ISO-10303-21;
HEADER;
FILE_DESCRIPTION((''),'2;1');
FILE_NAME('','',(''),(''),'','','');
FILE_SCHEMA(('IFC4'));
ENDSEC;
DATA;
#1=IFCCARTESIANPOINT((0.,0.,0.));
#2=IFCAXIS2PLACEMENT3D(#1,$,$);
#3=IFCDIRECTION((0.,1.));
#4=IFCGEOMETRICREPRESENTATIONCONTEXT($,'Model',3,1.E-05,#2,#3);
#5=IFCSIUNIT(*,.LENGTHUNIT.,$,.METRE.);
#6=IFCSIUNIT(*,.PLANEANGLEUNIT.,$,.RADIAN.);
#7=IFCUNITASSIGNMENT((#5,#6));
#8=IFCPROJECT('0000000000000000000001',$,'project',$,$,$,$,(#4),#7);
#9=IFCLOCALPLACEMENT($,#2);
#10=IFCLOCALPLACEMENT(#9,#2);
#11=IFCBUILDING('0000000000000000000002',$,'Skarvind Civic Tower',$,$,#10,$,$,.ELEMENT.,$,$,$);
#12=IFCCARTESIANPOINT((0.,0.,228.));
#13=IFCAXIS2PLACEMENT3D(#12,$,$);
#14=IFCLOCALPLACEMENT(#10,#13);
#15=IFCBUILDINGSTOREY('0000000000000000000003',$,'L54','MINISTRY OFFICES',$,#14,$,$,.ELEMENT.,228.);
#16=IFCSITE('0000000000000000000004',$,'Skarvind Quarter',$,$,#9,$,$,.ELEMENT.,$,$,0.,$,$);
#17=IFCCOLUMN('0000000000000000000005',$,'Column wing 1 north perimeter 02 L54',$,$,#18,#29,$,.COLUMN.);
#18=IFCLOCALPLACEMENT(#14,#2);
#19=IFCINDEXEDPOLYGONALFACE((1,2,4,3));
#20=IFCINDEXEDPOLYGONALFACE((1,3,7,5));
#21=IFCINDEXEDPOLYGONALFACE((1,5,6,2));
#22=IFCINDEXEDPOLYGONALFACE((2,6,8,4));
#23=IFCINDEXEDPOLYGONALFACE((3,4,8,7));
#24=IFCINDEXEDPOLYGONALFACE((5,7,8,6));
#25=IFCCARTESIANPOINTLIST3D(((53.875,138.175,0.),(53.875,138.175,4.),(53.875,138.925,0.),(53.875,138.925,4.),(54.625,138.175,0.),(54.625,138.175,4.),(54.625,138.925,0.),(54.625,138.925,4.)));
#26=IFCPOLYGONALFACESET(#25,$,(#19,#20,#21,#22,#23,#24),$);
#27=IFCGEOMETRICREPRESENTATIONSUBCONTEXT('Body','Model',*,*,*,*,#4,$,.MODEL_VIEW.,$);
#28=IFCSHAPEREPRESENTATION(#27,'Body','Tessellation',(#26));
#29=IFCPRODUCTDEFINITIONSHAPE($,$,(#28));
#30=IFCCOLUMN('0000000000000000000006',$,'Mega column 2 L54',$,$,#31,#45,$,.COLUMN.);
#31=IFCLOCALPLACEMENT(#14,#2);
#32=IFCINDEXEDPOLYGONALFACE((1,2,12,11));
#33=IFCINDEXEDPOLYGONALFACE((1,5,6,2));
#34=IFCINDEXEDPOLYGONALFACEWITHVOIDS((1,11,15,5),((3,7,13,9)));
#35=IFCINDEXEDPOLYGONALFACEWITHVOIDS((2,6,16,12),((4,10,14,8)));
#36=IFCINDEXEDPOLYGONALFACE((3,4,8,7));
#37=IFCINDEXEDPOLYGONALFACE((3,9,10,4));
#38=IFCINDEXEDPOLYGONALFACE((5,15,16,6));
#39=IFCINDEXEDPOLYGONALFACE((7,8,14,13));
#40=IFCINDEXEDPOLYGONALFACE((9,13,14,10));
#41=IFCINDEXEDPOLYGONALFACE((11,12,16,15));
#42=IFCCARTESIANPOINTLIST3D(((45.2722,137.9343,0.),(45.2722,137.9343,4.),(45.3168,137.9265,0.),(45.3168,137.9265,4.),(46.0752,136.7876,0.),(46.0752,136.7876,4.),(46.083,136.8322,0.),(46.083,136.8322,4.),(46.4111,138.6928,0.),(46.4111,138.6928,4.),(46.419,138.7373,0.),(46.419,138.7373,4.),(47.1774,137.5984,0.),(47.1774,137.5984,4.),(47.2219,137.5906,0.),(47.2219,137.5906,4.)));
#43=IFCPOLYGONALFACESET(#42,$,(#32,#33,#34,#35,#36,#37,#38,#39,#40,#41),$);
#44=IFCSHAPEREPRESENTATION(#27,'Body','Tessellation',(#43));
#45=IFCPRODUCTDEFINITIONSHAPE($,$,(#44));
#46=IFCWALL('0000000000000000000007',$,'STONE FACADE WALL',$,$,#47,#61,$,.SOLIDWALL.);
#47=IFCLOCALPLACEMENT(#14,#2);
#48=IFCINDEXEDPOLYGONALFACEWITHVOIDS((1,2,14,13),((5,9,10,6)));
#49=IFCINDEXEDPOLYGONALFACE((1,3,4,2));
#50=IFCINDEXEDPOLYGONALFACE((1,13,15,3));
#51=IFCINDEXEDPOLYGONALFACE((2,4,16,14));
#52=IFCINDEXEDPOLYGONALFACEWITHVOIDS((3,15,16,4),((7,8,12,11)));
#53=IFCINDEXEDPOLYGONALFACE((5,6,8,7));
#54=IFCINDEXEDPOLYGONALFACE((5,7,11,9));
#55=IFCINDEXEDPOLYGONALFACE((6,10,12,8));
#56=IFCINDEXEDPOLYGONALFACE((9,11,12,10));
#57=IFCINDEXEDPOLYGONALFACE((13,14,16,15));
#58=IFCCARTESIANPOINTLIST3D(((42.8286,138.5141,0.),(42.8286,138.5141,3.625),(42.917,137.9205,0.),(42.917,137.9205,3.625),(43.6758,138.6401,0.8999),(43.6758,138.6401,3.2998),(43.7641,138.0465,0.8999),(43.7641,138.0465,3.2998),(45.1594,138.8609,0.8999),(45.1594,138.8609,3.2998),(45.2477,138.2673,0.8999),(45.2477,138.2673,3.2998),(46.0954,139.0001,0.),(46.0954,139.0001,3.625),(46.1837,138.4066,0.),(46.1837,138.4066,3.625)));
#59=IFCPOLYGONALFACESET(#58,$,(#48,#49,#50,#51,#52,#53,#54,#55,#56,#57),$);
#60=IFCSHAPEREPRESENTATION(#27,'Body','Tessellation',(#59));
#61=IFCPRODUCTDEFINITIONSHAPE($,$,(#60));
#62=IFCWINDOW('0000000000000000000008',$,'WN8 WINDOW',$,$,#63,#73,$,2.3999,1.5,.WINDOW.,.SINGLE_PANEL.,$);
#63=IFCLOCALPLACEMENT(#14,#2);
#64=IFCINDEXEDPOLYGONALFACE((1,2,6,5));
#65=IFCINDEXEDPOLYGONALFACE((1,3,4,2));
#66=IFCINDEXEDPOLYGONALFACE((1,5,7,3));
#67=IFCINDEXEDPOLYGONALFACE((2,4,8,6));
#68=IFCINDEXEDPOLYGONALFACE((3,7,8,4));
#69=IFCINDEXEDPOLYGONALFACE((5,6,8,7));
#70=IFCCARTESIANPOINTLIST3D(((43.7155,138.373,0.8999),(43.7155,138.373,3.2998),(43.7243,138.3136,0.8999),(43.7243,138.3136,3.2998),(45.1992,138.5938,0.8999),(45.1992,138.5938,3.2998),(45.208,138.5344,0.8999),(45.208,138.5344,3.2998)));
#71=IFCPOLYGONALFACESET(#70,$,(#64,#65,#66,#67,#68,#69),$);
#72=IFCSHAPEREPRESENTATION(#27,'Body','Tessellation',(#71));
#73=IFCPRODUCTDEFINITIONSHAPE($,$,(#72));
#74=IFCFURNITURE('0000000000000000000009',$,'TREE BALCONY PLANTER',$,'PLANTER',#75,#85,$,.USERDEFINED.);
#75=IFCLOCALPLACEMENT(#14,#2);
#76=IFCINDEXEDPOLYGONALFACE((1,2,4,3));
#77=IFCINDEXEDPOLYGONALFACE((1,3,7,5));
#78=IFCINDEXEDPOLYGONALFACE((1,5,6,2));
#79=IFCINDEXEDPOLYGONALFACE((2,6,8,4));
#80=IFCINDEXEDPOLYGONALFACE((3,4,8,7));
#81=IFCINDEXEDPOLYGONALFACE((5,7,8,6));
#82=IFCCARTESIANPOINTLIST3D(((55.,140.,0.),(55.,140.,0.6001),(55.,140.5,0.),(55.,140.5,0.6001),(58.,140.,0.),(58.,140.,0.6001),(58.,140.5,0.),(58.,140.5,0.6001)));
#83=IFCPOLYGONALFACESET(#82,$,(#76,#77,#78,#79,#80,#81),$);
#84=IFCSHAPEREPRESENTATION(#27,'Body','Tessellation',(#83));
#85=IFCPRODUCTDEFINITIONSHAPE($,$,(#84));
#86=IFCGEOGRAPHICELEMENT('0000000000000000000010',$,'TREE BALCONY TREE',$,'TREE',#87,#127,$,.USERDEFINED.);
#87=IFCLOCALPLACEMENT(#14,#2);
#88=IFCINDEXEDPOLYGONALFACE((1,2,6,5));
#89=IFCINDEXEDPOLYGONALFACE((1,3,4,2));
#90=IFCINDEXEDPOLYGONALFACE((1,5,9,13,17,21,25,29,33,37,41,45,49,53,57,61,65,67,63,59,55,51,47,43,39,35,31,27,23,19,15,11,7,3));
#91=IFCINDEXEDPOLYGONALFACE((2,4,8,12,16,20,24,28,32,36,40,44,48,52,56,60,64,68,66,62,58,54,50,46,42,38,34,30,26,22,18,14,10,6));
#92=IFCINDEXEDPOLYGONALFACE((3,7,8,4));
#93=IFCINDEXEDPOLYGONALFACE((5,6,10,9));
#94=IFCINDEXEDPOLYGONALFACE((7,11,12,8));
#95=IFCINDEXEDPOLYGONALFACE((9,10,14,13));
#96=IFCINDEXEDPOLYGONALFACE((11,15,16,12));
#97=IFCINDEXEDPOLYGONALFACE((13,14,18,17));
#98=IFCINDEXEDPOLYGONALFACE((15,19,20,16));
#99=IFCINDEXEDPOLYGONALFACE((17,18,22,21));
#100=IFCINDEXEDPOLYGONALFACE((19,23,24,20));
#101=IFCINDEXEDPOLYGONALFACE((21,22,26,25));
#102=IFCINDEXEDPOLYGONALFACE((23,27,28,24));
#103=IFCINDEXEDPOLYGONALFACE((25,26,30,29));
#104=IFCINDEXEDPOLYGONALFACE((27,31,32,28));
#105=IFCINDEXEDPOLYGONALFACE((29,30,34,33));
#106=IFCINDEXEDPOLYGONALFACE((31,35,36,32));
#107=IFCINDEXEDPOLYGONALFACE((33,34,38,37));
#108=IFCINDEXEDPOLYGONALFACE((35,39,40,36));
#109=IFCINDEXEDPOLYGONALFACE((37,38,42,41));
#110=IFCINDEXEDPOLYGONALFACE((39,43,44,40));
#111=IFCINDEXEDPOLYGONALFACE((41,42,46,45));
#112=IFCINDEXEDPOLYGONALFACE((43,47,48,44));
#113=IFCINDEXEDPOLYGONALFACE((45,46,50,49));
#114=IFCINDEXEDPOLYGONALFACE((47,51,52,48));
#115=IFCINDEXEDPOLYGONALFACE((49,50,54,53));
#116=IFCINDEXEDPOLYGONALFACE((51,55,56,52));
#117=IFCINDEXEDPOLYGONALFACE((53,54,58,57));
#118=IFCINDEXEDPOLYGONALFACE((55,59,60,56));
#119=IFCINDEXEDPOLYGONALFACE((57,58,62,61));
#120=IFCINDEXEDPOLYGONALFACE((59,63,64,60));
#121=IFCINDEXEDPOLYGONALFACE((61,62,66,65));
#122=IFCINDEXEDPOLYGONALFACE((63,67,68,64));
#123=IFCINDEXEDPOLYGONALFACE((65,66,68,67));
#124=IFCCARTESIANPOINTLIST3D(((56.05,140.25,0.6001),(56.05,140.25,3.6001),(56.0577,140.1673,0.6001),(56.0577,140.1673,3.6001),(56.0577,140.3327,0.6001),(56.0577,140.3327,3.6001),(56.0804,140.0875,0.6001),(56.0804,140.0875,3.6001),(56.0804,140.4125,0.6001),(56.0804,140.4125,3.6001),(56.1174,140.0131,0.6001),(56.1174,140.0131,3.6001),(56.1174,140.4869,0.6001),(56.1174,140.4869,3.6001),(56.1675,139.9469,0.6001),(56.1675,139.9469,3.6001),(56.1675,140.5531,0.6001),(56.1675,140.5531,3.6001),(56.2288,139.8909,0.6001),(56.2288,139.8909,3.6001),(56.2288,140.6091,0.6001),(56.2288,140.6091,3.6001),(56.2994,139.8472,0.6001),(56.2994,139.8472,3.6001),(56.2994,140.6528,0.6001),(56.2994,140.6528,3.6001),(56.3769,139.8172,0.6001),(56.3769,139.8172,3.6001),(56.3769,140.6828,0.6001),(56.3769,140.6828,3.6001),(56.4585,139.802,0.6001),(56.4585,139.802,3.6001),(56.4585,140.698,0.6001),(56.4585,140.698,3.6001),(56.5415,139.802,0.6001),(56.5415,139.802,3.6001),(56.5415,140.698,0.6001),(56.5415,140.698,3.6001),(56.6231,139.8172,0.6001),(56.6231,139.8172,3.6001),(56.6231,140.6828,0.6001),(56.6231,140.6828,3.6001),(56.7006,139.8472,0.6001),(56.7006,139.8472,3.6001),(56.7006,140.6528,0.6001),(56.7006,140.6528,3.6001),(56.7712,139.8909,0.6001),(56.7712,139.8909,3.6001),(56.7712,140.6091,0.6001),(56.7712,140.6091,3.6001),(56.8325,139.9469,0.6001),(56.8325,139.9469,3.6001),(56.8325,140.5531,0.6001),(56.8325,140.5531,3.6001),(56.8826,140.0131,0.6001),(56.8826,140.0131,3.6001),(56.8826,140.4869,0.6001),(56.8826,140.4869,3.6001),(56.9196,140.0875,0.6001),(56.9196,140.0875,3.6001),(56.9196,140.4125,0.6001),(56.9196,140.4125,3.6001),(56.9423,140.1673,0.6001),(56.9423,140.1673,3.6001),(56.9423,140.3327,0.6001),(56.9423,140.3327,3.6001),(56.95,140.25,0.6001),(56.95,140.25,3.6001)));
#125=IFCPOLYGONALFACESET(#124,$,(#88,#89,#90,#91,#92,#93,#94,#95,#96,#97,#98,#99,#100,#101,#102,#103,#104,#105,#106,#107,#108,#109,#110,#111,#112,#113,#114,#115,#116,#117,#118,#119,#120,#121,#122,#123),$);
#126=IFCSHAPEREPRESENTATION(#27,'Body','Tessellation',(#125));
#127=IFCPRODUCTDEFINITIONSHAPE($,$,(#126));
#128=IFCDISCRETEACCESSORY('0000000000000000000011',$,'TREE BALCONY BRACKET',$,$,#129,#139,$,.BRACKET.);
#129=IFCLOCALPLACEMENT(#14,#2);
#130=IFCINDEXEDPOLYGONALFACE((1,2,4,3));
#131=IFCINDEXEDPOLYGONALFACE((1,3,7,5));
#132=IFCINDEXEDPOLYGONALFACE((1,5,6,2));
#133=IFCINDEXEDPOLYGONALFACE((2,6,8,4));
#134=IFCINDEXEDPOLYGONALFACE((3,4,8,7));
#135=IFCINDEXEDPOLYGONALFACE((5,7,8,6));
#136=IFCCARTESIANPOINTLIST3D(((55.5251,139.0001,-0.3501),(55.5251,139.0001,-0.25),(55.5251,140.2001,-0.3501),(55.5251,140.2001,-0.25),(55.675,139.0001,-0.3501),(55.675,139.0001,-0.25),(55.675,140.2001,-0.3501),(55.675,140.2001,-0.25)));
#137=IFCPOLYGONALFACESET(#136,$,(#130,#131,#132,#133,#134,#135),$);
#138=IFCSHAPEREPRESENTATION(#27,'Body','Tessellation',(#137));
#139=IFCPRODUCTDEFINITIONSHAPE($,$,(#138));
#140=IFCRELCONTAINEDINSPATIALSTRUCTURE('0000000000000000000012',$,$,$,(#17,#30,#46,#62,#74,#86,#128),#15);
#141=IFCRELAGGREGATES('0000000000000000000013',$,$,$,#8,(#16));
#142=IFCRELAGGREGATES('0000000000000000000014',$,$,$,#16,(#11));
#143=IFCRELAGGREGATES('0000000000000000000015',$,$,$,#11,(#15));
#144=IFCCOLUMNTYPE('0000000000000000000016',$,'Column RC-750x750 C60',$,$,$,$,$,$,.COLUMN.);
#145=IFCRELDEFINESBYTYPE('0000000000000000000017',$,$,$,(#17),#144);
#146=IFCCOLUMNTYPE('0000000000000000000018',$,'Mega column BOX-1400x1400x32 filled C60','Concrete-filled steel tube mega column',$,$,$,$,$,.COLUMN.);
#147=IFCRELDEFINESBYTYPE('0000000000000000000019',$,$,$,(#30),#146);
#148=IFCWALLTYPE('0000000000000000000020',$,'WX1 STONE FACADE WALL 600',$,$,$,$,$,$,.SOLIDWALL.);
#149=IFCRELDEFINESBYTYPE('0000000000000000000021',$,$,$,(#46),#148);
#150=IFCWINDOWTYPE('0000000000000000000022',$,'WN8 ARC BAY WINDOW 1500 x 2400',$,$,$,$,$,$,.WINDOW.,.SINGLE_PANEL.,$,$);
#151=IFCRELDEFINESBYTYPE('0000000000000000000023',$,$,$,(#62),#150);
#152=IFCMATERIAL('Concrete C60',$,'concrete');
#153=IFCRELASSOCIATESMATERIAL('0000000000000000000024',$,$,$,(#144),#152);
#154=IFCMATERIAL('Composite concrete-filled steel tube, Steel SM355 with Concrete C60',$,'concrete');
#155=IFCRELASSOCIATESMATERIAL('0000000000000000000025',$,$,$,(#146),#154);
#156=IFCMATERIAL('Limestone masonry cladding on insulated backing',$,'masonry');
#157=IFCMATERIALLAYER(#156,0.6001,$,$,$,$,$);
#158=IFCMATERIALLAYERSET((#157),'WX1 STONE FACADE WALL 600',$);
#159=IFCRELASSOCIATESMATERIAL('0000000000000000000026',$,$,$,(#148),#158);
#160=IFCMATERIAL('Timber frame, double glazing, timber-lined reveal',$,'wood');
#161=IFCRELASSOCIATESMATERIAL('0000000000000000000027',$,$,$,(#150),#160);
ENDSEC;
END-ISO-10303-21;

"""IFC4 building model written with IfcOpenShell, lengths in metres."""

from ifc_helpers import new_model, si_unit, direction, frame, frame_2d, origin, origin_2d, place, context, subcontext, project, spatial, rectangle, hollow_rectangle, circle, extrude, material, layer, layer_set, material_profile, profile_set, type_object, element, fill, save


model = new_model("IFC4")

# Units and contexts
model_context = context("Model", 3, precision=1e-05, world=origin(), true_north=direction((0.0, 1.0)))
body_context = subcontext(model_context, "Body", "Model", "MODEL_VIEW")
ifc_project = project(units=[si_unit("LENGTHUNIT", "METRE"), si_unit("PLANEANGLEUNIT", "RADIAN")], contexts=[model_context])

# Site, building, storey
site_placement = place(None, origin())
site = spatial("IfcSite", under=ifc_project, at=site_placement, Name="Skarvind Quarter", CompositionType="ELEMENT", RefElevation=0.0)
building_placement = place(site_placement, origin())
building = spatial("IfcBuilding", under=site, at=building_placement, Name="Skarvind Civic Tower", CompositionType="ELEMENT")
storey_placement = place(building_placement, frame((0.0, 0.0, 228.0)))
storey = spatial("IfcBuildingStorey", under=building, at=storey_placement, Name="L54", Description="MINISTRY OFFICES", CompositionType="ELEMENT", Elevation=228.0)

# Columns
ifc_material_1 = material(Name="Concrete C60", Category="concrete")
ifc_material_profile_1 = material_profile(ifc_material_1, rectangle(XDim=0.75, YDim=0.75, at=origin_2d()), Name="RC-750x750")
ifc_profile_set_1 = profile_set([ifc_material_profile_1], Name="Concrete C60")
column_type_1 = type_object("IfcColumnType", Name="Column RC-750x750 C60", PredefinedType="COLUMN", material=ifc_profile_set_1)
column_1_placement = place(storey_placement, frame((54.25, 138.55, 0.0), z_axis=(0.0, 0.0, 1.0), x_axis=(1.0, 0.0, 0.0)))
element("IfcColumn", 1, at=column_1_placement, inside=storey, type_object=column_type_1, Name="Column wing 1 north perimeter 02 L54", PredefinedType="COLUMN", context=body_context, shape_type="SweptSolid", body=[
    extrude(rectangle(XDim=0.75, YDim=0.75, at=origin_2d()), origin(), (0.0, 0.0, 1.0), 4.0),
])
ifc_material_2 = material(Name="Composite concrete-filled steel tube, Steel SM355 with Concrete C60", Category="concrete")
ifc_material_profile_2 = material_profile(ifc_material_2, hollow_rectangle(XDim=1.3999, YDim=1.3999, WallThickness=0.032, at=origin_2d()), Name="BOX-1400x1400x32")
ifc_profile_set_2 = profile_set([ifc_material_profile_2], Name="Composite concrete-filled steel tube, Steel SM355 with Concrete C60")
column_type_2 = type_object("IfcColumnType", Name="Mega column BOX-1400x1400x32 filled C60", Description="Concrete-filled steel tube mega column", PredefinedType="COLUMN", material=ifc_profile_set_2)
column_2_placement = place(storey_placement, frame((46.2471, 137.7625, 0.0), z_axis=(0.0, 0.0, 1.0), x_axis=(0.573576, -0.819152, 0.0)))
element("IfcColumn", 2, at=column_2_placement, inside=storey, type_object=column_type_2, Name="Mega column 2 L54", PredefinedType="COLUMN", context=body_context, shape_type="SweptSolid", body=[
    extrude(hollow_rectangle(XDim=1.3999, YDim=1.3999, WallThickness=0.032, at=origin_2d()), origin(), (0.0, 0.0, 1.0), 4.0),
])

# Shared definitions
ifc_material_3 = material(Name="Limestone masonry cladding on insulated backing", Category="masonry")
ifc_layer = layer(ifc_material_3, 0.6001)
ifc_layer_set = layer_set([ifc_layer], Name="WX1 STONE FACADE WALL 600")
wall_type = type_object("IfcWallType", Name="WX1 STONE FACADE WALL 600", PredefinedType="SOLIDWALL", material=ifc_layer_set)
ifc_material_4 = material(Name="Timber frame, double glazing, timber-lined reveal", Category="wood")

# Wall, opening, window
wall_1_placement = place(storey_placement, frame((42.8728, 138.2173, 0.0), z_axis=(0.0, 0.0, 1.0), x_axis=(0.989111, 0.147173, 0.0)))
wall_1 = element("IfcWall", 3, at=wall_1_placement, inside=storey, type_object=wall_type, Name="STONE FACADE WALL", PredefinedType="SOLIDWALL", context=body_context, shape_type="SweptSolid", body=[
    extrude(rectangle(XDim=3.3027, YDim=0.6001, at=frame_2d((1.6514, 0.0))), origin(), (0.0, 0.0, 1.0), 3.625),
])
opening_1_placement = place(wall_1_placement, frame((0.8564, 0.0, 0.8999)))
opening_1 = element("IfcOpeningElement", 4, at=opening_1_placement, cuts=wall_1, PredefinedType="OPENING", context=body_context, shape_type="SweptSolid", body=[
    extrude(rectangle(XDim=1.5, YDim=2.3999, at=frame_2d((0.75, 1.2))), frame((0.0, 0.3101, 0.0), z_axis=(0.0, -1.0, 0.0), x_axis=(1.0, 0.0, 0.0)), (0.0, 0.0, 1.0), 0.6201),
])
window_type_1 = type_object("IfcWindowType", Name="WN8 ARC BAY WINDOW 1500 x 2400", PartitioningType="SINGLE_PANEL", PredefinedType="WINDOW", material=ifc_material_4)
window_1_placement = place(opening_1_placement, origin())
window_1 = element("IfcWindow", 5, at=window_1_placement, inside=storey, type_object=window_type_1, Name="WN8 WINDOW", OverallHeight=2.3999, OverallWidth=1.5, PartitioningType="SINGLE_PANEL", PredefinedType="WINDOW", context=body_context, shape_type="SweptSolid", body=[
    extrude(rectangle(XDim=1.5, YDim=2.3999, at=frame_2d((0.75, 1.2))), frame((0.0, 0.03, 0.0), z_axis=(0.0, -1.0, 0.0), x_axis=(1.0, 0.0, 0.0)), (0.0, 0.0, 1.0), 0.0601),
])
fill(opening_1, window_1)

# Furniture
furniture_placement = place(storey_placement, frame((56.5, 140.25, 0.0), z_axis=(0.0, 0.0, 1.0), x_axis=(1.0, 0.0, 0.0)))
element("IfcFurniture", 6, at=furniture_placement, inside=storey, Name="TREE BALCONY PLANTER", ObjectType="PLANTER", PredefinedType="USERDEFINED", context=body_context, shape_type="SweptSolid", body=[
    extrude(rectangle(XDim=3.0, YDim=0.5, at=origin_2d()), origin(), (0.0, 0.0, 1.0), 0.6001),
])

# Geographic element
geographic_element_placement = place(storey_placement, frame((56.5, 140.25, 0.6001), z_axis=(0.0, 0.0, 1.0), x_axis=(1.0, 0.0, 0.0)))
element("IfcGeographicElement", 7, at=geographic_element_placement, inside=storey, Name="TREE BALCONY TREE", ObjectType="TREE", PredefinedType="USERDEFINED", context=body_context, shape_type="SweptSolid", body=[
    extrude(circle(Radius=0.45, at=origin_2d()), origin(), (0.0, 0.0, 1.0), 3.0),
])

# Discrete accessory
discrete_accessory_placement = place(storey_placement, frame((55.6001, 139.6001, -0.3501), z_axis=(0.0, 0.0, 1.0), x_axis=(1.0, 0.0, 0.0)))
element("IfcDiscreteAccessory", 8, at=discrete_accessory_placement, inside=storey, Name="TREE BALCONY BRACKET", PredefinedType="BRACKET", context=body_context, shape_type="SweptSolid", body=[
    extrude(rectangle(XDim=0.1499, YDim=1.2, at=origin_2d()), origin(), (0.0, 0.0, 1.0), 0.1001),
])

save(model, "model.ifc")
